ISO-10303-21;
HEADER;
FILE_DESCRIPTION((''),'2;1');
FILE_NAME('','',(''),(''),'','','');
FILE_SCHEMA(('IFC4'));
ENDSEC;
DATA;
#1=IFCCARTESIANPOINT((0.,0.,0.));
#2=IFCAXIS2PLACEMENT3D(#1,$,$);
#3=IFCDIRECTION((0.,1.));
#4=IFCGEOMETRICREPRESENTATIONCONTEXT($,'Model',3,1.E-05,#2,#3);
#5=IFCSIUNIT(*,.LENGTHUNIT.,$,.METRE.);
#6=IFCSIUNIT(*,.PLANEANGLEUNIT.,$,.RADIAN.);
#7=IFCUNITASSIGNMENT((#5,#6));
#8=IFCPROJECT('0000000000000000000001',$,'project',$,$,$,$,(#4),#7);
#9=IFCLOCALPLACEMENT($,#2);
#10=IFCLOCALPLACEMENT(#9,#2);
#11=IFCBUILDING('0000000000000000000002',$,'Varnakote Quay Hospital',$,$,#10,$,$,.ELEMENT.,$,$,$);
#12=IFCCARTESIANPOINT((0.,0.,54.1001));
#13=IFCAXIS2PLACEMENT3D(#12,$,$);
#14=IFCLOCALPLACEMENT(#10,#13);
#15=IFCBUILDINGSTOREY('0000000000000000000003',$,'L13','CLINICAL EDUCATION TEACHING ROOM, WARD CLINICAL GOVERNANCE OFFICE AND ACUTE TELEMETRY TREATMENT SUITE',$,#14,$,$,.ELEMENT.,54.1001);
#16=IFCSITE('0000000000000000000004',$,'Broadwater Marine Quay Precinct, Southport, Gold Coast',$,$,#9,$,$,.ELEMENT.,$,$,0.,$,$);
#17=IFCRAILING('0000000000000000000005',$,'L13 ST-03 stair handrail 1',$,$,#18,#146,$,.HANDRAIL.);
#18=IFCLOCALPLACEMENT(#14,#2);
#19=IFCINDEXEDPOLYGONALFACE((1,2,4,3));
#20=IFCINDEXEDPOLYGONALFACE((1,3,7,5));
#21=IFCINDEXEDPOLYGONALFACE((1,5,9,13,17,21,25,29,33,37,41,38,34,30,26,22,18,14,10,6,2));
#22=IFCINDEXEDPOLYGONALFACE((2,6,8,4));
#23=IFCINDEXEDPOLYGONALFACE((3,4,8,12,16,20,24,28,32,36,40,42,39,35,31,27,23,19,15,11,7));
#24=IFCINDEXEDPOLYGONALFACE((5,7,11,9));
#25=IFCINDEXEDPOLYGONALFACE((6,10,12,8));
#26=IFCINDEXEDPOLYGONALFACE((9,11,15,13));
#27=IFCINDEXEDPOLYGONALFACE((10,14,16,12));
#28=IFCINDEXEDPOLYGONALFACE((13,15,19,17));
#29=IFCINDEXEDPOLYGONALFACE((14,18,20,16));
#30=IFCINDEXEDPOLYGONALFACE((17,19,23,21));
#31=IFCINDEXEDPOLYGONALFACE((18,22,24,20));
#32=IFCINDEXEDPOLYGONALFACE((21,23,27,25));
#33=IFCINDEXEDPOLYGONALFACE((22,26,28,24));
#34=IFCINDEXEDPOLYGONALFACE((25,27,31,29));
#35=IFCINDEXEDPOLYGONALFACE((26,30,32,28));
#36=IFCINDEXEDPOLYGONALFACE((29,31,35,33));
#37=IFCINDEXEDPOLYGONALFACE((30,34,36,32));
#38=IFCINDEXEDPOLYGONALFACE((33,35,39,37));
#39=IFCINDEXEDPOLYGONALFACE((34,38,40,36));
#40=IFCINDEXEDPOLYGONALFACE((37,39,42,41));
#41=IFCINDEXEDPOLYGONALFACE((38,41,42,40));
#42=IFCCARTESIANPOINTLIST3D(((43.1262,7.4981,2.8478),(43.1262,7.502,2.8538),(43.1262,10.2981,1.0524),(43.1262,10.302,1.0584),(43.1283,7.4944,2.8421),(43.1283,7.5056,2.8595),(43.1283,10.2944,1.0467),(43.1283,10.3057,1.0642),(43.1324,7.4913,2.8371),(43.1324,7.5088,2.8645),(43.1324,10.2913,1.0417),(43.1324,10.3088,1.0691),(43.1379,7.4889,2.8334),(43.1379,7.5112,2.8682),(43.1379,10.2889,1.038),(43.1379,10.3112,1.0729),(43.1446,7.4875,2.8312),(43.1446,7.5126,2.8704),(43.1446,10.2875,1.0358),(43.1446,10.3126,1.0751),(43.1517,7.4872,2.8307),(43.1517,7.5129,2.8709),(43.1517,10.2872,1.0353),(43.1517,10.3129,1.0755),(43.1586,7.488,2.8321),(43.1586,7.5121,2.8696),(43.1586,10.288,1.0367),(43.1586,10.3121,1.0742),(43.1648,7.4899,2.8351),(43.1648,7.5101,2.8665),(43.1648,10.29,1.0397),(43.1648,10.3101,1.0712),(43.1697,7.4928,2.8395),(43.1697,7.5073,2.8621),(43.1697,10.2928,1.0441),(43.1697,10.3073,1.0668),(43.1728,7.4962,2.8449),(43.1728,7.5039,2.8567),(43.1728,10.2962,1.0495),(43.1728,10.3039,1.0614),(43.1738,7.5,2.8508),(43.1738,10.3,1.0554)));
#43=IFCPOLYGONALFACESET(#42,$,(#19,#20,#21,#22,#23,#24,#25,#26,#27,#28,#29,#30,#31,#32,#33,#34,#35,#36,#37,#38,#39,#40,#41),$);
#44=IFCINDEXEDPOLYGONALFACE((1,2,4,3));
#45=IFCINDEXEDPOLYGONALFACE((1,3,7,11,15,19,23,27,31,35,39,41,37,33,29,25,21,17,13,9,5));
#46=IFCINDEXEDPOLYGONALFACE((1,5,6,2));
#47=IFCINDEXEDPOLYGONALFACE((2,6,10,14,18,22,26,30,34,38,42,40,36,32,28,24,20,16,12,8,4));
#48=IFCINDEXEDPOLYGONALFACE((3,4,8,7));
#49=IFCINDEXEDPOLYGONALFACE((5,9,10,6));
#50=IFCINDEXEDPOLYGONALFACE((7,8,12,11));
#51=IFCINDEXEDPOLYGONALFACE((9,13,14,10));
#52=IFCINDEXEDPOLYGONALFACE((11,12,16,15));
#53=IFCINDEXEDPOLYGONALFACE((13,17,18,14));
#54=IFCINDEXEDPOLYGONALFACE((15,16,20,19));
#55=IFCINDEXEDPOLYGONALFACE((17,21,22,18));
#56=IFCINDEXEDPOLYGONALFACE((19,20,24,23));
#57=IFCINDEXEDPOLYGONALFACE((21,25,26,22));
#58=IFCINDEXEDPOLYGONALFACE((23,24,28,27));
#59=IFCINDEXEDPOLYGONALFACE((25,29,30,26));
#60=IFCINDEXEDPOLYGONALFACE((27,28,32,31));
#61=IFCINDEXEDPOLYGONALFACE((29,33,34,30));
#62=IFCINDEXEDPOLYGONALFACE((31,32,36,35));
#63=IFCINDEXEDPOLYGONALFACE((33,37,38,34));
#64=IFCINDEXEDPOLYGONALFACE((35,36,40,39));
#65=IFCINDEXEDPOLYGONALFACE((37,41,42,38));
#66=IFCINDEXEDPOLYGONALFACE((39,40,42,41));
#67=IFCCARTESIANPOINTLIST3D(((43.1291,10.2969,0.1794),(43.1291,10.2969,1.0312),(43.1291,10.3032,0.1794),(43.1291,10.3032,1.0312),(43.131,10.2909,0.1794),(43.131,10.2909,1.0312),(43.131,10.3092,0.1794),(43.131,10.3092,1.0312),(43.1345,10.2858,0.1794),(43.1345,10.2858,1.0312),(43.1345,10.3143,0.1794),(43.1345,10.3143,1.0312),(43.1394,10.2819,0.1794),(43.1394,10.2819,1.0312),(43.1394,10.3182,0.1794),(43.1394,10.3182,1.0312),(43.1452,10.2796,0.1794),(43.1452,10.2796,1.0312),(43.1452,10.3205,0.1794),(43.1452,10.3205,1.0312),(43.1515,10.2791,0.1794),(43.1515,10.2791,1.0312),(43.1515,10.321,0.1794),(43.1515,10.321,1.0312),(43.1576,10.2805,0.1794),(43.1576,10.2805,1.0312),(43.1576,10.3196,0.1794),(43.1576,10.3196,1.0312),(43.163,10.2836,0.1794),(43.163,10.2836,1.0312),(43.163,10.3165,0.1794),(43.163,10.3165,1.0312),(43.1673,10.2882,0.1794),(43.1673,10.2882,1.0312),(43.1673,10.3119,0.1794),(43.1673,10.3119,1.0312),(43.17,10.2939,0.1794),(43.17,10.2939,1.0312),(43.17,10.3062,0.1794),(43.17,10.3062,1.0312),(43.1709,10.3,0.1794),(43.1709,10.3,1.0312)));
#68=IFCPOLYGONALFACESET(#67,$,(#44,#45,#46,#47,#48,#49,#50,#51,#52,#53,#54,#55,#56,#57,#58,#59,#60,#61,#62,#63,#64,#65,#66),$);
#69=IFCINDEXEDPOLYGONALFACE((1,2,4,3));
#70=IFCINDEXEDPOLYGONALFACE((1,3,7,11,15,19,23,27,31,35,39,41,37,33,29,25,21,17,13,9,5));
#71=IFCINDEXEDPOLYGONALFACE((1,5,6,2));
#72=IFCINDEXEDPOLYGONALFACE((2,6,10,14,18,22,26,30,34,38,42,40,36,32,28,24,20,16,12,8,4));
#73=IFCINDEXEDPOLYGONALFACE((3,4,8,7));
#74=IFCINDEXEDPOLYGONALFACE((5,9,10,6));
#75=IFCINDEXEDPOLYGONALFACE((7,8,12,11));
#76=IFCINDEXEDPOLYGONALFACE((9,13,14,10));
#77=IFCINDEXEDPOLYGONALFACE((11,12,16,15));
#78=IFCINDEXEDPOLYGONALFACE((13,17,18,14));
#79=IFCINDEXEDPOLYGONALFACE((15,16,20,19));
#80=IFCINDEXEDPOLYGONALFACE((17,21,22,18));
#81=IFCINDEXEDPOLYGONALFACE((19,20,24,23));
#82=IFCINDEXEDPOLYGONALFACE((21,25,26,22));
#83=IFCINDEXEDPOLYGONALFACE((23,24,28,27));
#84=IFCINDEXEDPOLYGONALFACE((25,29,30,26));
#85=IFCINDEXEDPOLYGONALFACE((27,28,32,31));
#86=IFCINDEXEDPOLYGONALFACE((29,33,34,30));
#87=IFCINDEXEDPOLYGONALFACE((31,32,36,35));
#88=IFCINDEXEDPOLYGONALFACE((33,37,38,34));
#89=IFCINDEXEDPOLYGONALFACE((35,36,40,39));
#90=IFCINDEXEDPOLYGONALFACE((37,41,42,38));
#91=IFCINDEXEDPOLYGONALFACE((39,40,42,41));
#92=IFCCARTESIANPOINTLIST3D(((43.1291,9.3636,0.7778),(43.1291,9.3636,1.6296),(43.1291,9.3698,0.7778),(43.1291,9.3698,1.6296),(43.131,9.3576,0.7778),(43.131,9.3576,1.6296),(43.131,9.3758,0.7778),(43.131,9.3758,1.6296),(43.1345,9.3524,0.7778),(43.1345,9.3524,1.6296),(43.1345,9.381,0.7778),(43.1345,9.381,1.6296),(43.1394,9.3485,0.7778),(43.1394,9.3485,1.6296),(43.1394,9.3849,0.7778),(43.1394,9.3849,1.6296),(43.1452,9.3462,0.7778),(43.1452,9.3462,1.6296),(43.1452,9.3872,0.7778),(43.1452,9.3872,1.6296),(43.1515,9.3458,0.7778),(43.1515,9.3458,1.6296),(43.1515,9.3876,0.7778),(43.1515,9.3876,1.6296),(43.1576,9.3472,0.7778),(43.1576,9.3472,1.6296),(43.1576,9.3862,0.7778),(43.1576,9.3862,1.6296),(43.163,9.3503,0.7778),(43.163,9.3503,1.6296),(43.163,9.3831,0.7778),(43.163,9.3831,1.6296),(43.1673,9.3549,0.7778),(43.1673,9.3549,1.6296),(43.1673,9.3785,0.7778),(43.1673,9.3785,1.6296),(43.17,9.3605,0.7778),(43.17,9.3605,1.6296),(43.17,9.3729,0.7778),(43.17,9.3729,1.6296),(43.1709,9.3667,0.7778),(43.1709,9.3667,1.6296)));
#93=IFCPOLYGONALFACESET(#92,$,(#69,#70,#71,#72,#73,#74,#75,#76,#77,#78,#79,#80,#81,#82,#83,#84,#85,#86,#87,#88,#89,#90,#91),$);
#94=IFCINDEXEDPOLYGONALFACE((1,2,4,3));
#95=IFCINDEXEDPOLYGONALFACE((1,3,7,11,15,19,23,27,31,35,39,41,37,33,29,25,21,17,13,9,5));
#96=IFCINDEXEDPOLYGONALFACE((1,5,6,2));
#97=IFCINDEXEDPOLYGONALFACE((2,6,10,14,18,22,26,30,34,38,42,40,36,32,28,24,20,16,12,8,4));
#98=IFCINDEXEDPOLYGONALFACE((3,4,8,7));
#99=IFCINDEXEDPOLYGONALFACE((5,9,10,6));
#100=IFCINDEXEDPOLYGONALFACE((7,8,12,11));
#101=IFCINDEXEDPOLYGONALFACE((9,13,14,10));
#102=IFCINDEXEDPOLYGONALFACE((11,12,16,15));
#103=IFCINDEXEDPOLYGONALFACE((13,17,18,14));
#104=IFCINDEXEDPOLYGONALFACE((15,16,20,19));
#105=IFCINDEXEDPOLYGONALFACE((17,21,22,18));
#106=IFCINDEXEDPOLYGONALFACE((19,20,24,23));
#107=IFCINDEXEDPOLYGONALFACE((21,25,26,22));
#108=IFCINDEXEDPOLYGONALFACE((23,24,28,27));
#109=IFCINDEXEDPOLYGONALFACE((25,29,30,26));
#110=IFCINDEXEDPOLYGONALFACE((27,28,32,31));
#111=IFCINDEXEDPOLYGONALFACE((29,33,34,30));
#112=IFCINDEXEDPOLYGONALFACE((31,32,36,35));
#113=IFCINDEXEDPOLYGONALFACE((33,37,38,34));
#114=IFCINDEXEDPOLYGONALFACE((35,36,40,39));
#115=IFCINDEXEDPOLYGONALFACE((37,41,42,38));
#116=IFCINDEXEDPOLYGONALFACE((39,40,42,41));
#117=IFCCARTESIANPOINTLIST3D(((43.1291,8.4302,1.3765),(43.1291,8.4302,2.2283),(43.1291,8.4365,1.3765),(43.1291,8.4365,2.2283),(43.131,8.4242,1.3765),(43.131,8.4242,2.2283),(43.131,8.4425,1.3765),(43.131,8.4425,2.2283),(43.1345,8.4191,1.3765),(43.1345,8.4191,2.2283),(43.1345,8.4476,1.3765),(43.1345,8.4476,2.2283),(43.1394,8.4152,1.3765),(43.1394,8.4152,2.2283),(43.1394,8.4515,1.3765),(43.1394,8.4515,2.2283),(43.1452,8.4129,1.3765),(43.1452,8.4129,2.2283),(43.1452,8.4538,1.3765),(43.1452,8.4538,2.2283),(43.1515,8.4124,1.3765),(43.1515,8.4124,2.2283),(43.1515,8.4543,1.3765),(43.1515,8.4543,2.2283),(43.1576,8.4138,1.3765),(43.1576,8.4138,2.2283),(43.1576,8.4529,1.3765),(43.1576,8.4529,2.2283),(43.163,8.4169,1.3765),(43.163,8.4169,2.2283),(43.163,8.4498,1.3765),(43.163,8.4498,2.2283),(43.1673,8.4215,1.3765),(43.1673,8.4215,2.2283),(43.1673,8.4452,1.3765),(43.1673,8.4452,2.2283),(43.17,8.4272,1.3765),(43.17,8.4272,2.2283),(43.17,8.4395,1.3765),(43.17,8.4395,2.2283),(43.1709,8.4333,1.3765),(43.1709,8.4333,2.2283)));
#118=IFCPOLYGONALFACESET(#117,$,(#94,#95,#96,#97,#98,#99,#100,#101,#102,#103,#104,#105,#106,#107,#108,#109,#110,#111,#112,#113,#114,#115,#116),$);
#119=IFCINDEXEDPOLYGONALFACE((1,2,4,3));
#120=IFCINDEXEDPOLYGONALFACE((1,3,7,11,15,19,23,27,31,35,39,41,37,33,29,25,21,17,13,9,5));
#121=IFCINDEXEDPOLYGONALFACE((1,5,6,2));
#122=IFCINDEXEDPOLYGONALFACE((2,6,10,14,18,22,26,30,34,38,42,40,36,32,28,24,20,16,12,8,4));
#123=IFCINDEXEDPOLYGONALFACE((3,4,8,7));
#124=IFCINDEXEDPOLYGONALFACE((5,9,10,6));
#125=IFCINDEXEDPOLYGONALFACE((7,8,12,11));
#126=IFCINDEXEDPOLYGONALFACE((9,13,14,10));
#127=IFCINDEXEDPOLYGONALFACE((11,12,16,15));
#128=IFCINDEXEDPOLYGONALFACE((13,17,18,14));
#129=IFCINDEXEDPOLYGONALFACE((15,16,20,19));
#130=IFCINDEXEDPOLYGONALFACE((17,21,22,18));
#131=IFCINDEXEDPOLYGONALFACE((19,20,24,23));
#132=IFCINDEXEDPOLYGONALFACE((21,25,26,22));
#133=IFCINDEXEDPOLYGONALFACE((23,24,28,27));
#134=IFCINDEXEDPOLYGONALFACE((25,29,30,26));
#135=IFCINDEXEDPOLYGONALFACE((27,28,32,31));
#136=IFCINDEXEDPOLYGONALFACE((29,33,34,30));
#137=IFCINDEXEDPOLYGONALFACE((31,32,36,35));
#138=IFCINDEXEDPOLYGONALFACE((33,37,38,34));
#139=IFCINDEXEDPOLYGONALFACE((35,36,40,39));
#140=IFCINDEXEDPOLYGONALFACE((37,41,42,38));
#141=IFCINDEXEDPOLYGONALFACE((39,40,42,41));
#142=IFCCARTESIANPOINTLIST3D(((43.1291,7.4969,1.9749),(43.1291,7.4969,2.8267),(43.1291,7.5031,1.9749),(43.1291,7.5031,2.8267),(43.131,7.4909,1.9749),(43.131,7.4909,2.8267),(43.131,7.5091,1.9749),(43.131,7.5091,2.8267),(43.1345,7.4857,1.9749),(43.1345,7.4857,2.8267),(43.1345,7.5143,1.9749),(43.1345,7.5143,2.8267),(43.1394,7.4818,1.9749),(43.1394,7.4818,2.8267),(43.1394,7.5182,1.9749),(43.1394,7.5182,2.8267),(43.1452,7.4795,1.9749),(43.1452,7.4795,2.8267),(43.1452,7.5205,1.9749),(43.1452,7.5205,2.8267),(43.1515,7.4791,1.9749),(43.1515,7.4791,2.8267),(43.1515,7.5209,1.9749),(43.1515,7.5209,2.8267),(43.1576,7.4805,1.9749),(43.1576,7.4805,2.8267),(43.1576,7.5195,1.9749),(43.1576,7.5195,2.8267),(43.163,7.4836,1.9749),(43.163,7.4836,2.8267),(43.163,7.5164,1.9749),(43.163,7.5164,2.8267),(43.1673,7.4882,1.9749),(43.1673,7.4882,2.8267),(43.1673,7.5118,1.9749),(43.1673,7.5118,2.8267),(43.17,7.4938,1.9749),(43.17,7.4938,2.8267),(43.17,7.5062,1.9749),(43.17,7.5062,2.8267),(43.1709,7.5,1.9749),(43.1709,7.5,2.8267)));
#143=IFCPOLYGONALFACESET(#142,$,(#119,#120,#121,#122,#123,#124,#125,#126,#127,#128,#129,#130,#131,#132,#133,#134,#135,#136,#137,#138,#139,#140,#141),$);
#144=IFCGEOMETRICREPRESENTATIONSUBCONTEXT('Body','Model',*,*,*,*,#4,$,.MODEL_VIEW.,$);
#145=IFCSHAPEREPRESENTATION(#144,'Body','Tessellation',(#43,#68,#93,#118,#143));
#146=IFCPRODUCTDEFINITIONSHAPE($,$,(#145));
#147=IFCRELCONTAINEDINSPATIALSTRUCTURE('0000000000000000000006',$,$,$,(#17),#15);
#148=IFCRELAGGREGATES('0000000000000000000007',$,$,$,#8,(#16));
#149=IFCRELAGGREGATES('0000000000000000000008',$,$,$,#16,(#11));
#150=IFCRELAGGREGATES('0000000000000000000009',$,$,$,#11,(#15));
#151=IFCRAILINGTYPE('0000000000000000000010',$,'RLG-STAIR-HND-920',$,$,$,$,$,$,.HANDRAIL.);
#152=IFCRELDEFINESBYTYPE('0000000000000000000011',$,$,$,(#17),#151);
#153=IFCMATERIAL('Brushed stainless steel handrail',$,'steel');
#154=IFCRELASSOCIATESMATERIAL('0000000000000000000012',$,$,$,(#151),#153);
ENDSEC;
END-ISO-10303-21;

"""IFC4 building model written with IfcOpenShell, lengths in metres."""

from ifc_helpers import new_model, si_unit, direction, frame, origin, origin_2d, place, context, subcontext, project, spatial, circle, extrude, material, type_object, element, save


model = new_model("IFC4")

# Units and contexts
model_context = context("Model", 3, precision=1e-05, world=origin(), true_north=direction((0.0, 1.0)))
body_context = subcontext(model_context, "Body", "Model", "MODEL_VIEW")
ifc_project = project(units=[si_unit("LENGTHUNIT", "METRE"), si_unit("PLANEANGLEUNIT", "RADIAN")], contexts=[model_context])

# Site, building, storey
site_placement = place(None, origin())
site = spatial("IfcSite", under=ifc_project, at=site_placement, Name="Broadwater Marine Quay Precinct, Southport, Gold Coast", CompositionType="ELEMENT", RefElevation=0.0)
building_placement = place(site_placement, origin())
building = spatial("IfcBuilding", under=site, at=building_placement, Name="Varnakote Quay Hospital", CompositionType="ELEMENT")
storey_placement = place(building_placement, frame((0.0, 0.0, 54.1001)))
storey = spatial("IfcBuildingStorey", under=building, at=storey_placement, Name="L13", Description="CLINICAL EDUCATION TEACHING ROOM, WARD CLINICAL GOVERNANCE OFFICE AND ACUTE TELEMETRY TREATMENT SUITE", CompositionType="ELEMENT", Elevation=54.1001)

# Railing
ifc_material_1 = material(Name="Brushed stainless steel handrail", Category="steel")
railing_type_1 = type_object("IfcRailingType", Name="RLG-STAIR-HND-920", PredefinedType="HANDRAIL", material=ifc_material_1)
railing_1_placement = place(storey_placement, frame((43.1499, 10.3, 0.1794)))
element("IfcRailing", 1, at=railing_1_placement, inside=storey, type_object=railing_type_1, Name="L13 ST-03 stair handrail 1", PredefinedType="HANDRAIL", context=body_context, shape_type="SweptSolid", body=[
    extrude(circle(Radius=0.0239, at=origin_2d()), frame((0.0, 0.0, 0.876), z_axis=(0.0, -0.84181, 0.539774), x_axis=(1.0, 0.0, 0.0)), (0.0, 0.0, 1.0), 3.3262),
    extrude(circle(Radius=0.021, at=origin_2d()), origin(), (0.0, 0.0, 1.0), 0.8518),
    extrude(circle(Radius=0.021, at=origin_2d()), frame((0.0, -0.9333, 0.5984)), (0.0, 0.0, 1.0), 0.8518),
    extrude(circle(Radius=0.021, at=origin_2d()), frame((0.0, -1.8667, 1.197)), (0.0, 0.0, 1.0), 0.8518),
    extrude(circle(Radius=0.021, at=origin_2d()), frame((0.0, -2.8, 1.7954)), (0.0, 0.0, 1.0), 0.8518),
])

save(model, "model.ifc")
